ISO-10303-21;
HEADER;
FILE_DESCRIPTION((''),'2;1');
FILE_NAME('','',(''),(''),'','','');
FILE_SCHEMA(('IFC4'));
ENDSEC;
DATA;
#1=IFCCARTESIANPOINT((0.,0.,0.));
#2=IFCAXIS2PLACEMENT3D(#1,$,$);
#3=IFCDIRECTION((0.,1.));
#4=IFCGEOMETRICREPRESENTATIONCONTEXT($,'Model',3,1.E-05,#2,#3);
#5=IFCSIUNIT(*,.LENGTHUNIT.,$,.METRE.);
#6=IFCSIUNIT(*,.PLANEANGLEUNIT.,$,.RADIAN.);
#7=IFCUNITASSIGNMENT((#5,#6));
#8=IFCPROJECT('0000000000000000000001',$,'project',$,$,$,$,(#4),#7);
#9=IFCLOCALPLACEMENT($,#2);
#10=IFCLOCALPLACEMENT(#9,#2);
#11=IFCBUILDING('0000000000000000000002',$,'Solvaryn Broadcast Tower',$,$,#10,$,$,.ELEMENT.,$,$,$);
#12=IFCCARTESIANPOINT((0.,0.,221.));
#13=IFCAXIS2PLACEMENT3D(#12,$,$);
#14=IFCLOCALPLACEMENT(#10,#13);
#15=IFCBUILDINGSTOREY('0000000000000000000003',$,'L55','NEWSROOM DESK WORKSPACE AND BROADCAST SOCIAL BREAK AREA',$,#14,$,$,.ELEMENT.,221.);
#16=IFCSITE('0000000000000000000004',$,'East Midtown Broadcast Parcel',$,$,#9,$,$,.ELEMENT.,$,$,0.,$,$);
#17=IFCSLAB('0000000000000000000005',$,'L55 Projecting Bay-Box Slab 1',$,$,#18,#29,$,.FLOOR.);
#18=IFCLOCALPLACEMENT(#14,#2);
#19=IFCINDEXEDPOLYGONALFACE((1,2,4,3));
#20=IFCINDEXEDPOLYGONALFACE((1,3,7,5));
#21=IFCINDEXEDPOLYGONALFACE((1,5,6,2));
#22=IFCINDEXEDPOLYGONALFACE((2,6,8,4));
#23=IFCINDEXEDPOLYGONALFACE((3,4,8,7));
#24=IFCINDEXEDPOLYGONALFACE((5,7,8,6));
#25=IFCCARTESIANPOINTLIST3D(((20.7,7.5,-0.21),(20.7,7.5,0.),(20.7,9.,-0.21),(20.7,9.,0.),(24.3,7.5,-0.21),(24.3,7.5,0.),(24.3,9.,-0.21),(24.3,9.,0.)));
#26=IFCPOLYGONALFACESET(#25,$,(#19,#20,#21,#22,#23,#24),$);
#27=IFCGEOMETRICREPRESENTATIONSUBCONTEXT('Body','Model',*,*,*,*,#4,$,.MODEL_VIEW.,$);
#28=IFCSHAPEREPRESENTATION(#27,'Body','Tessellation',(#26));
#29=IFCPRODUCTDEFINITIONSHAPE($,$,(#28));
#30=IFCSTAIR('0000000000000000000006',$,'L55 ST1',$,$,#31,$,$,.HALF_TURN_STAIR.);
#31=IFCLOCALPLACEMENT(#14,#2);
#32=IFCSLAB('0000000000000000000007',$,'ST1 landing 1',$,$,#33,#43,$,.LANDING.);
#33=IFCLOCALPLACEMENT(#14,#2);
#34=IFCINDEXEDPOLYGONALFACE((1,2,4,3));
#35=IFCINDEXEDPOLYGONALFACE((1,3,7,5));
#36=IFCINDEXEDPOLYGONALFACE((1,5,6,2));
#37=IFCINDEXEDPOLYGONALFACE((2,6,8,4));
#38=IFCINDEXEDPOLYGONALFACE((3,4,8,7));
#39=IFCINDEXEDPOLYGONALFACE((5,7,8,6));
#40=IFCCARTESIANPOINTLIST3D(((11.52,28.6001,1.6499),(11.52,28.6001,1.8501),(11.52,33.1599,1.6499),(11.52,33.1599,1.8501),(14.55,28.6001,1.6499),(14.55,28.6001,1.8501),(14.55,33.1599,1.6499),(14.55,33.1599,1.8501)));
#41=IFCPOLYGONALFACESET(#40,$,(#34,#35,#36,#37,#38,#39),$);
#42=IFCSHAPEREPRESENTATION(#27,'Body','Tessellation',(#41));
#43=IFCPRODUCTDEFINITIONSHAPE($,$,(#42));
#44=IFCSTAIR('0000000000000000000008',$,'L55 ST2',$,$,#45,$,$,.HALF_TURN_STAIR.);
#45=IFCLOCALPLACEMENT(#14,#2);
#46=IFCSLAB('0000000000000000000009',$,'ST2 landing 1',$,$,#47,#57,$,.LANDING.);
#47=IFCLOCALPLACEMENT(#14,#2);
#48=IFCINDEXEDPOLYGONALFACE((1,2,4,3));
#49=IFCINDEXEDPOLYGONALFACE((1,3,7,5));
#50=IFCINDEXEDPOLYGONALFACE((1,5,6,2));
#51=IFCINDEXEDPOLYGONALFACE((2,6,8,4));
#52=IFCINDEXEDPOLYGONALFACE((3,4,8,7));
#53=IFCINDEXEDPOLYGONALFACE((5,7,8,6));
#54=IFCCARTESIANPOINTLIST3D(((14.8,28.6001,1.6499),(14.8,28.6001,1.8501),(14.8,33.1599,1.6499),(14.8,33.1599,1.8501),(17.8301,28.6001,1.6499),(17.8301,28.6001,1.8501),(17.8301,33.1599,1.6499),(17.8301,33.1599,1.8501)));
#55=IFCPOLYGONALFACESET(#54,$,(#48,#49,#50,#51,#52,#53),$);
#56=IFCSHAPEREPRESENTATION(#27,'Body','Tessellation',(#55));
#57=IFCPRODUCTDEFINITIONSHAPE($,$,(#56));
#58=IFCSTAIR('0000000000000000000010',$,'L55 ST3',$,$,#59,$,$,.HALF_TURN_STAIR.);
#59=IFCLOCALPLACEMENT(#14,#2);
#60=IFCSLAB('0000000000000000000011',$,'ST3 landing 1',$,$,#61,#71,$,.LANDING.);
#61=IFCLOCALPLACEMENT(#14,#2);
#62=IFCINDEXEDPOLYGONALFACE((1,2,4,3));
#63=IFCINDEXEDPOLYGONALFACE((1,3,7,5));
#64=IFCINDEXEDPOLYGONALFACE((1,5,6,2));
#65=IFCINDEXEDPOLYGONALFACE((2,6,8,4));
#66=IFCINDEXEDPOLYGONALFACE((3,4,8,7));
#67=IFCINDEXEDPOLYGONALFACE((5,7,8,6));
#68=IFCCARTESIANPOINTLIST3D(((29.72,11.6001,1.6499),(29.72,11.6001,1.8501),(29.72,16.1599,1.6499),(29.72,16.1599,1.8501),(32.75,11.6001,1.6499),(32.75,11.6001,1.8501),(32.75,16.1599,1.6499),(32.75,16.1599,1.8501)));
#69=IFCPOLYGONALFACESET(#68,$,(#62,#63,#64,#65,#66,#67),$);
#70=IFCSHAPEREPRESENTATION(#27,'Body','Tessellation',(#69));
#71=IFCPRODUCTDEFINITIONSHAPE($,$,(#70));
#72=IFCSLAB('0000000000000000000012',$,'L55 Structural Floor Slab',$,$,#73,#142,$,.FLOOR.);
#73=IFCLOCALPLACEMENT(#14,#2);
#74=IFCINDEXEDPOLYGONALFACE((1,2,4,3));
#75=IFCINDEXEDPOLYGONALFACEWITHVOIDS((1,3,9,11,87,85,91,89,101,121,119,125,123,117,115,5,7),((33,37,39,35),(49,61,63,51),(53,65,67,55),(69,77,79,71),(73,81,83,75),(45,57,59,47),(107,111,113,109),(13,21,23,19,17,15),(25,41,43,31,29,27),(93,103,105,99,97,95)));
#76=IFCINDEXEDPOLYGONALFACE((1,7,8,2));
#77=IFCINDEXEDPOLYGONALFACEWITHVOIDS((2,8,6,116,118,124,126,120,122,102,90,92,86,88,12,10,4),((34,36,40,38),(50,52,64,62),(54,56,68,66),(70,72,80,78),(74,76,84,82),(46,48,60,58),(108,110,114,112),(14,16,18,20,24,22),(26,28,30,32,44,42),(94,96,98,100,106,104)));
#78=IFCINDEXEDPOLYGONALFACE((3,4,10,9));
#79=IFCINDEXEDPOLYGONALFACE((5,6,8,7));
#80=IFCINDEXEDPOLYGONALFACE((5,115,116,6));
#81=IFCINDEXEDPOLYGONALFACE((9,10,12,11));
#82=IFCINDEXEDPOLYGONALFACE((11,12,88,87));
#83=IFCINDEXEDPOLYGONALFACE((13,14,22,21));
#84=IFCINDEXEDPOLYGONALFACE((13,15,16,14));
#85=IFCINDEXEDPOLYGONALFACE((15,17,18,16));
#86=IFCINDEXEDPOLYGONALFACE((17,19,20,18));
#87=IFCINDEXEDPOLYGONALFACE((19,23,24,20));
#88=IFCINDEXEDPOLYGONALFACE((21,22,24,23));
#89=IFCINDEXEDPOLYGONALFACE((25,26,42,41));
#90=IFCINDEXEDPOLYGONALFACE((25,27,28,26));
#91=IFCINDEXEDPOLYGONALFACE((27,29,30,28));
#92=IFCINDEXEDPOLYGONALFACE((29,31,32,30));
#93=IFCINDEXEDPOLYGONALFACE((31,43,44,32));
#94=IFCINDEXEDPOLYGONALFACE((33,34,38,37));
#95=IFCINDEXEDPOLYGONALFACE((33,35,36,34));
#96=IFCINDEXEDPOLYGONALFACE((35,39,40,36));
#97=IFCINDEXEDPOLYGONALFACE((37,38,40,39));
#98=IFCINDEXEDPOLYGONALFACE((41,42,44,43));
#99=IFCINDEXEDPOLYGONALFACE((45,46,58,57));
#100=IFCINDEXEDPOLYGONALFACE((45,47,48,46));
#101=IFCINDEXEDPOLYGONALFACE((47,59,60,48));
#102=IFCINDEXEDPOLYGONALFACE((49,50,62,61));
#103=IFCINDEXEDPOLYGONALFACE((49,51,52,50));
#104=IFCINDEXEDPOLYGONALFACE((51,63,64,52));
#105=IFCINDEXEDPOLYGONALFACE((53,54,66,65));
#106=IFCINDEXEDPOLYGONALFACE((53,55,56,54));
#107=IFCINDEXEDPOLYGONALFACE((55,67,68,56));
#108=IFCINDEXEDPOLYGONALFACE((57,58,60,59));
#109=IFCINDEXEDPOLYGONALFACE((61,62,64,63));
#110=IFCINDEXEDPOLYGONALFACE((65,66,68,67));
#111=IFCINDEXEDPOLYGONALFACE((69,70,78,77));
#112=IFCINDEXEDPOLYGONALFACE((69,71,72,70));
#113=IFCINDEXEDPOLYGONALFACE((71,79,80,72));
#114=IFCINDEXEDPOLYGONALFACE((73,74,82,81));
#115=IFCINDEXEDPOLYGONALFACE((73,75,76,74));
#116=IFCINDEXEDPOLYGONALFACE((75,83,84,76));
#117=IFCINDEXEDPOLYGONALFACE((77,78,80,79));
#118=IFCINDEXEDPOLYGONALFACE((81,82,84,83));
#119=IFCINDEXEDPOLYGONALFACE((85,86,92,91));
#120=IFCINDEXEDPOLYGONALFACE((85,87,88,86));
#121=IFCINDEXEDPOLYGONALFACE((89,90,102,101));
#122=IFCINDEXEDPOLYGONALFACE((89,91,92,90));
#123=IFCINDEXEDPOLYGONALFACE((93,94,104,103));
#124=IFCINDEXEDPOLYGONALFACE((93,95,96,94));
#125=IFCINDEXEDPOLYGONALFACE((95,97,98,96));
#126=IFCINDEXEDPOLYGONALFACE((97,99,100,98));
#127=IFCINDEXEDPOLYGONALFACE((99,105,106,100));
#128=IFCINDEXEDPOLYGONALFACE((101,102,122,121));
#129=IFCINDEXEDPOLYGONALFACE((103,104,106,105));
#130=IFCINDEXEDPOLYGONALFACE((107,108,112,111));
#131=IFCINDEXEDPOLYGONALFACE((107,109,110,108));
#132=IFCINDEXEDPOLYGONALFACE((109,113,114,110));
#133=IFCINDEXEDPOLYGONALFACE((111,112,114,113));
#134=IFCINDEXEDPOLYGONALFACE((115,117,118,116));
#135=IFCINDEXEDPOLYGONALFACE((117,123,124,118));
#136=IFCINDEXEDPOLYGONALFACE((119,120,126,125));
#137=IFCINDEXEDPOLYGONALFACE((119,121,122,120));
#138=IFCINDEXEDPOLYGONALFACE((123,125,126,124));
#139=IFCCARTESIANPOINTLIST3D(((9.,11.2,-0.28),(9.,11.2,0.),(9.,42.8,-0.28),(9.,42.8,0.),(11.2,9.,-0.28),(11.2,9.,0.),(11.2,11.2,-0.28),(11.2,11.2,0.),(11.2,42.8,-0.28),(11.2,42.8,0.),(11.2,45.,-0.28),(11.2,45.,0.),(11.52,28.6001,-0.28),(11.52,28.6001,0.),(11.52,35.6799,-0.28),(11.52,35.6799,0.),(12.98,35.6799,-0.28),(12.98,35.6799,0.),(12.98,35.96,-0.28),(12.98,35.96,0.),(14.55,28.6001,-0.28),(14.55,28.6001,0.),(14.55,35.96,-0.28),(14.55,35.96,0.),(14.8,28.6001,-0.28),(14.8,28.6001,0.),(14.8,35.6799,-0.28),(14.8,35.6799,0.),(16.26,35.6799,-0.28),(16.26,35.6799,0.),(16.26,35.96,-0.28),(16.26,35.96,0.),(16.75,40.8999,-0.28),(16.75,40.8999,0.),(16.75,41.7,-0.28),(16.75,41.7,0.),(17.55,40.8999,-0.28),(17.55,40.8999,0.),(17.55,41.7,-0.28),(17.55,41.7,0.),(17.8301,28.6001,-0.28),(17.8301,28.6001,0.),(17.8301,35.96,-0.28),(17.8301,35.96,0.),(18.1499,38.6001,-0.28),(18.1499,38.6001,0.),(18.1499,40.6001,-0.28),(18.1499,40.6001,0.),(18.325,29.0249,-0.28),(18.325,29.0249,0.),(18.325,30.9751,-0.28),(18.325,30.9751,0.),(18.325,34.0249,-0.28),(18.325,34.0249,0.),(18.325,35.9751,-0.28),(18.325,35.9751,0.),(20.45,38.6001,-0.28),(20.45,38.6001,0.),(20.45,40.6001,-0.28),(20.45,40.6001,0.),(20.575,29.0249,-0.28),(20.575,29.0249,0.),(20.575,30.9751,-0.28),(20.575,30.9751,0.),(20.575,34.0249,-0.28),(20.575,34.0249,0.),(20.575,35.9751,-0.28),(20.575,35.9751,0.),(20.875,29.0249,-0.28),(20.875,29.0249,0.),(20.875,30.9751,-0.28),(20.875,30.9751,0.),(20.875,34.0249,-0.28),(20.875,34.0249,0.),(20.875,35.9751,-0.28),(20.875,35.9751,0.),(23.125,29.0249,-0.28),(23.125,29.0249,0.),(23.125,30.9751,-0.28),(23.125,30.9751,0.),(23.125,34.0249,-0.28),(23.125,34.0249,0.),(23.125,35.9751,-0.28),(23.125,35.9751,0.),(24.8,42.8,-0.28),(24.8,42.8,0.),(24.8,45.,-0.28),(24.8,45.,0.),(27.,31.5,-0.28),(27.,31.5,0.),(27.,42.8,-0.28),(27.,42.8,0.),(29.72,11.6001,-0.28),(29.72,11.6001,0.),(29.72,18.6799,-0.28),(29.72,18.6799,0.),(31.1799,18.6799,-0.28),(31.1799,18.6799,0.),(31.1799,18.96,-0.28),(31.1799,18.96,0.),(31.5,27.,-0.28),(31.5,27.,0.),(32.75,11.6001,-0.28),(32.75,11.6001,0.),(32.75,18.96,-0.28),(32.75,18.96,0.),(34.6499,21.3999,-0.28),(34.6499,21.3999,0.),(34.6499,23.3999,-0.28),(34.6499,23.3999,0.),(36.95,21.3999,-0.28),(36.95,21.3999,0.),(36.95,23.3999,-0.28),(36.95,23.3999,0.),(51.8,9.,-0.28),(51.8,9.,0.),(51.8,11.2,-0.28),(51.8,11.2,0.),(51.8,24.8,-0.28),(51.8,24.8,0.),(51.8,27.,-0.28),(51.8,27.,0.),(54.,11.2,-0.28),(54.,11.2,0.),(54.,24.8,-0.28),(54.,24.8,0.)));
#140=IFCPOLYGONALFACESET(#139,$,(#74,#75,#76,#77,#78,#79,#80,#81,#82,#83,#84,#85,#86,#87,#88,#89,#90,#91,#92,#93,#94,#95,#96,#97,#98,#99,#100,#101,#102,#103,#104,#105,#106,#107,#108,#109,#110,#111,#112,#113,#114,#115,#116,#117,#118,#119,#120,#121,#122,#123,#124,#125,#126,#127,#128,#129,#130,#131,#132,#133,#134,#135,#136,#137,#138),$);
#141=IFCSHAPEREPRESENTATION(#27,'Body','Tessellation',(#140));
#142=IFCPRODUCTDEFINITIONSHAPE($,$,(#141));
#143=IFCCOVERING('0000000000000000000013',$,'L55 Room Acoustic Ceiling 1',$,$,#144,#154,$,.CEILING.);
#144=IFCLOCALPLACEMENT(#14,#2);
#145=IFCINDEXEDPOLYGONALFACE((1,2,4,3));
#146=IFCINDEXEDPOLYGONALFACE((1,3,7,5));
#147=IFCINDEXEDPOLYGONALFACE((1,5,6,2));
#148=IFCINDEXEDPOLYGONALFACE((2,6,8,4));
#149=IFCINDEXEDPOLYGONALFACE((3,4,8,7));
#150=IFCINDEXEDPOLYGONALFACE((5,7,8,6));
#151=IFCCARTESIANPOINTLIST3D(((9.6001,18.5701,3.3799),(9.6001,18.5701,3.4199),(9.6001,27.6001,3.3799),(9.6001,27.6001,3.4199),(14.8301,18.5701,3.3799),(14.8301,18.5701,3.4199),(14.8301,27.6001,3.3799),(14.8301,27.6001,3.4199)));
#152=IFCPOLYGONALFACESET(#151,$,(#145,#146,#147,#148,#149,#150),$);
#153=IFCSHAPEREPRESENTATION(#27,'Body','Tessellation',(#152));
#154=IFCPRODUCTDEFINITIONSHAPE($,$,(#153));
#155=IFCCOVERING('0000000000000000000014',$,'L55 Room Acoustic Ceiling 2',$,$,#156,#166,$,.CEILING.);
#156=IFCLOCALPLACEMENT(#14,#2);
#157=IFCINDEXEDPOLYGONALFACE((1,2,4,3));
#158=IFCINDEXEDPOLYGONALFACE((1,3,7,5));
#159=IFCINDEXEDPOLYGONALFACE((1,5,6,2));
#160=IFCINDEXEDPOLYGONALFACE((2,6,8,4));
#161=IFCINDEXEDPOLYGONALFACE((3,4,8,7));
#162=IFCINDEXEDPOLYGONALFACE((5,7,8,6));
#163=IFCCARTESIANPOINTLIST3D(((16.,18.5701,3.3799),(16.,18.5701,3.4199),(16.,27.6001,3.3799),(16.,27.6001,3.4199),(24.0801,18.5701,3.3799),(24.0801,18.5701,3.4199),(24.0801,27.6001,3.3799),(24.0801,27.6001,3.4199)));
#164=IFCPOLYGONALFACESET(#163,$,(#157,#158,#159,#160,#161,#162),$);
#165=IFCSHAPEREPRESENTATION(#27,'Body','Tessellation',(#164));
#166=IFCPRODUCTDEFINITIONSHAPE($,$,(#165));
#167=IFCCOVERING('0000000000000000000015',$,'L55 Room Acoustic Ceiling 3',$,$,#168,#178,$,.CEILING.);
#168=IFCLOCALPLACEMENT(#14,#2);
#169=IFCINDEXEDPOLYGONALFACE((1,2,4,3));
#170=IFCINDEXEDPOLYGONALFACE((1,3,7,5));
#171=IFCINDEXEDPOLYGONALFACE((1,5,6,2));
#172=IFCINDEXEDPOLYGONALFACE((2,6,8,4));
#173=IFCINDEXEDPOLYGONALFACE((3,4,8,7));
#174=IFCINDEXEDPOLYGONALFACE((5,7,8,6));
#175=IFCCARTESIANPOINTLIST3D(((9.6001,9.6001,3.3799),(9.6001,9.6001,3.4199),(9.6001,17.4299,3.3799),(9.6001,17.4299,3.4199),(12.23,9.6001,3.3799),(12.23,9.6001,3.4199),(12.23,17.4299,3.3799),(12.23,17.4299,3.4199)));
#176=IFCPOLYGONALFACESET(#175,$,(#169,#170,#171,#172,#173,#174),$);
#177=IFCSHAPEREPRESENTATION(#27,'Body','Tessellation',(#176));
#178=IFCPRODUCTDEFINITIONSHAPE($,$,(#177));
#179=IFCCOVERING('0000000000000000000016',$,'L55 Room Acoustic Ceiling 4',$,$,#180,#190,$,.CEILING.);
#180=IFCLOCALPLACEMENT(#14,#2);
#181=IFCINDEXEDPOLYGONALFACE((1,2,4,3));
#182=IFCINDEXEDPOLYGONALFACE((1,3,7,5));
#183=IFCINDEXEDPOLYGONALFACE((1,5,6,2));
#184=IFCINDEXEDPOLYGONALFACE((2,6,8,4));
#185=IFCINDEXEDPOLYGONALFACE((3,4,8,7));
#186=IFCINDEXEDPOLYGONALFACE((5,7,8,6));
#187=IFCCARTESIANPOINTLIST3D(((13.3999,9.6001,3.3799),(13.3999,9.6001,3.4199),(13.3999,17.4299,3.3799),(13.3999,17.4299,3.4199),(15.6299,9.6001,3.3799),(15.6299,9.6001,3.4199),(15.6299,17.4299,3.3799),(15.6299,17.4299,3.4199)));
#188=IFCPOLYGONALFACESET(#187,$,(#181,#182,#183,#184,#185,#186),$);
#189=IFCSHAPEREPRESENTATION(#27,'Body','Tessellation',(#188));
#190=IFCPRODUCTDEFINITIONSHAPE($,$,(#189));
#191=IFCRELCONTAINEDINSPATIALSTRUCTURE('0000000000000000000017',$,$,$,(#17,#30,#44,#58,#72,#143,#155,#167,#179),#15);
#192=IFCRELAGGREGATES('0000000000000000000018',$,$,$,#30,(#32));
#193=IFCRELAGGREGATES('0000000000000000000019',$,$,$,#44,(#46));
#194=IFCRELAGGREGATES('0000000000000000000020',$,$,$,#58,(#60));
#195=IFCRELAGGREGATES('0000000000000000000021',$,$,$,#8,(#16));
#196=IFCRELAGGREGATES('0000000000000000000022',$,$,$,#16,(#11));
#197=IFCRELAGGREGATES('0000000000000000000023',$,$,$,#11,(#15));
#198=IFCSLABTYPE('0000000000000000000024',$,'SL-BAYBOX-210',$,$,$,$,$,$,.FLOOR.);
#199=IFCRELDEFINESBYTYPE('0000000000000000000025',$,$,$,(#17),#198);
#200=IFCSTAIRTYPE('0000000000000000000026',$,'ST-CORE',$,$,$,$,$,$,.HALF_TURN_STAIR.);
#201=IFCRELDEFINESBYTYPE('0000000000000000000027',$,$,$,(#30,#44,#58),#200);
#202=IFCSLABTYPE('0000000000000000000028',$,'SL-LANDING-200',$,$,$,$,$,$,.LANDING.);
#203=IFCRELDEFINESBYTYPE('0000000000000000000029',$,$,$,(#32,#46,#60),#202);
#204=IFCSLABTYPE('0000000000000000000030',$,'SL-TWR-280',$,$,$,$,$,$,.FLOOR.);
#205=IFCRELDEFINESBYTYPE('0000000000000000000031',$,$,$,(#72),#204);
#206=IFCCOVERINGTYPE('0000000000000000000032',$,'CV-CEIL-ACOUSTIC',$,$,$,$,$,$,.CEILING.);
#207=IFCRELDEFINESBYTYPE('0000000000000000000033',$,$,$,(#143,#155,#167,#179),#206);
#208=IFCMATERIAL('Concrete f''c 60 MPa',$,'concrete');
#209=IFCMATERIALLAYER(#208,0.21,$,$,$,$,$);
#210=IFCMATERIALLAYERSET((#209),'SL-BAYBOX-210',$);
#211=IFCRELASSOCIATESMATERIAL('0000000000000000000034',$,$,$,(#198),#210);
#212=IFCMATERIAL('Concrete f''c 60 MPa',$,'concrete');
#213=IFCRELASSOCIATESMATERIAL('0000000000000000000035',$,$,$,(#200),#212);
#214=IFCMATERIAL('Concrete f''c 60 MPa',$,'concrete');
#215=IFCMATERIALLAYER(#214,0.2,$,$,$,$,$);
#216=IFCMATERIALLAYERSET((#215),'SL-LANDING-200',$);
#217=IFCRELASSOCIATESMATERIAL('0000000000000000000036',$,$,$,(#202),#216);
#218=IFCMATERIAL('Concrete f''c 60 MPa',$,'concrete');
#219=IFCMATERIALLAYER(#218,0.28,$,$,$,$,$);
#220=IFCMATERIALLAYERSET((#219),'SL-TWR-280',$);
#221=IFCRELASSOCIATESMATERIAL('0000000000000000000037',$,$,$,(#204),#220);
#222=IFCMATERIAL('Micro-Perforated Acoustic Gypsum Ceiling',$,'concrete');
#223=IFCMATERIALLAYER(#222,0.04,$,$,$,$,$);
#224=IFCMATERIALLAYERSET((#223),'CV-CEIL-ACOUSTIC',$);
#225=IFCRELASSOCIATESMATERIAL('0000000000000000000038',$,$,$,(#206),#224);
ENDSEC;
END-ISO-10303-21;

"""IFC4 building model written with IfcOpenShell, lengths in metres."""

from ifc_helpers import new_model, si_unit, direction, frame, origin, place, context, subcontext, project, spatial, polyline, outline, extrude, material, layer, layer_set, type_object, element, aggregate, save


model = new_model("IFC4")

# Units and contexts
model_context = context("Model", 3, precision=1e-05, world=origin(), true_north=direction((0.0, 1.0)))
body_context = subcontext(model_context, "Body", "Model", "MODEL_VIEW")
ifc_project = project(units=[si_unit("LENGTHUNIT", "METRE"), si_unit("PLANEANGLEUNIT", "RADIAN")], contexts=[model_context])

# Site, building, storey
site_placement = place(None, origin())
site = spatial("IfcSite", under=ifc_project, at=site_placement, Name="East Midtown Broadcast Parcel", CompositionType="ELEMENT", RefElevation=0.0)
building_placement = place(site_placement, origin())
building = spatial("IfcBuilding", under=site, at=building_placement, Name="Solvaryn Broadcast Tower", CompositionType="ELEMENT")
storey_placement = place(building_placement, frame((0.0, 0.0, 221.0)))
storey = spatial("IfcBuildingStorey", under=building, at=storey_placement, Name="L55", Description="NEWSROOM DESK WORKSPACE AND BROADCAST SOCIAL BREAK AREA", CompositionType="ELEMENT", Elevation=221.0)

# Slab
ifc_material_1 = material(Name="Concrete f'c 60 MPa", Category="concrete")
ifc_layer_1 = layer(ifc_material_1, 0.21)
ifc_layer_set_1 = layer_set([ifc_layer_1], Name="SL-BAYBOX-210")
slab_type_1 = type_object("IfcSlabType", Name="SL-BAYBOX-210", PredefinedType="FLOOR", material=ifc_layer_set_1)
slab_1_placement = place(storey_placement, frame((0.0, 0.0, -0.21)))
element("IfcSlab", 1, at=slab_1_placement, inside=storey, type_object=slab_type_1, Name="L55 Projecting Bay-Box Slab 1", PredefinedType="FLOOR", context=body_context, shape_type="SweptSolid", body=[
    extrude(outline(polyline([(20.7, 7.5), (24.3, 7.5), (24.3, 9.0), (20.7, 9.0), (20.7, 7.5)])), origin(), (0.0, 0.0, 1.0), 0.21),
])

# Stairs, slabs
ifc_material_2 = material(Name="Concrete f'c 60 MPa", Category="concrete")
stair_type = type_object("IfcStairType", Name="ST-CORE", PredefinedType="HALF_TURN_STAIR", material=ifc_material_2)
stair_1_placement = place(storey_placement, origin())
stair_1 = element("IfcStair", 2, at=stair_1_placement, inside=storey, type_object=stair_type, Name="L55 ST1", PredefinedType="HALF_TURN_STAIR")
ifc_material_3 = material(Name="Concrete f'c 60 MPa", Category="concrete")
ifc_layer_2 = layer(ifc_material_3, 0.2)
ifc_layer_set_2 = layer_set([ifc_layer_2], Name="SL-LANDING-200")
slab_type_2 = type_object("IfcSlabType", Name="SL-LANDING-200", PredefinedType="LANDING", material=ifc_layer_set_2)
slab_2_placement = place(storey_placement, frame((0.0, 0.0, 1.6499)))
slab_2 = element("IfcSlab", 3, at=slab_2_placement, type_object=slab_type_2, Name="ST1 landing 1", PredefinedType="LANDING", context=body_context, shape_type="SweptSolid", body=[
    extrude(outline(polyline([(11.52, 33.1599), (11.52, 28.6001), (14.55, 28.6001), (14.55, 33.1599), (11.52, 33.1599)])), origin(), (0.0, 0.0, 1.0), 0.2002),
])
aggregate(stair_1, [slab_2])
stair_2_placement = place(storey_placement, origin())
stair_2 = element("IfcStair", 4, at=stair_2_placement, inside=storey, type_object=stair_type, Name="L55 ST2", PredefinedType="HALF_TURN_STAIR")
slab_3_placement = place(storey_placement, frame((0.0, 0.0, 1.6499)))
slab_3 = element("IfcSlab", 5, at=slab_3_placement, type_object=slab_type_2, Name="ST2 landing 1", PredefinedType="LANDING", context=body_context, shape_type="SweptSolid", body=[
    extrude(outline(polyline([(14.8, 33.1599), (14.8, 28.6001), (17.8301, 28.6001), (17.8301, 33.1599), (14.8, 33.1599)])), origin(), (0.0, 0.0, 1.0), 0.2002),
])
aggregate(stair_2, [slab_3])
stair_3_placement = place(storey_placement, origin())
stair_3 = element("IfcStair", 6, at=stair_3_placement, inside=storey, type_object=stair_type, Name="L55 ST3", PredefinedType="HALF_TURN_STAIR")
slab_4_placement = place(storey_placement, frame((0.0, 0.0, 1.6499)))
slab_4 = element("IfcSlab", 7, at=slab_4_placement, type_object=slab_type_2, Name="ST3 landing 1", PredefinedType="LANDING", context=body_context, shape_type="SweptSolid", body=[
    extrude(outline(polyline([(29.72, 16.1599), (29.72, 11.6001), (32.75, 11.6001), (32.75, 16.1599), (29.72, 16.1599)])), origin(), (0.0, 0.0, 1.0), 0.2002),
])
aggregate(stair_3, [slab_4])

# Slab
ifc_material_4 = material(Name="Concrete f'c 60 MPa", Category="concrete")
ifc_layer_3 = layer(ifc_material_4, 0.28)
ifc_layer_set_3 = layer_set([ifc_layer_3], Name="SL-TWR-280")
slab_type_3 = type_object("IfcSlabType", Name="SL-TWR-280", PredefinedType="FLOOR", material=ifc_layer_set_3)
slab_5_placement = place(storey_placement, frame((0.0, 0.0, -0.28)))
element("IfcSlab", 8, at=slab_5_placement, inside=storey, type_object=slab_type_3, Name="L55 Structural Floor Slab", PredefinedType="FLOOR", context=body_context, shape_type="SweptSolid", body=[
    extrude(outline(polyline([(11.2, 9.0), (51.8, 9.0), (51.8, 11.2), (54.0, 11.2), (54.0, 24.8), (51.8, 24.8), (51.8, 27.0), (31.5, 27.0), (27.0, 31.5), (27.0, 42.8), (24.8, 42.8), (24.8, 45.0), (11.2, 45.0), (11.2, 42.8), (9.0, 42.8), (9.0, 11.2), (11.2, 11.2), (11.2, 9.0)]), holes=[polyline([(11.52, 28.6001), (14.55, 28.6001), (14.55, 35.96), (12.98, 35.96), (12.98, 35.6799), (11.52, 35.6799), (11.52, 28.6001)]), polyline([(14.8, 28.6001), (17.8301, 28.6001), (17.8301, 35.96), (16.26, 35.96), (16.26, 35.6799), (14.8, 35.6799), (14.8, 28.6001)]), polyline([(29.72, 11.6001), (32.75, 11.6001), (32.75, 18.96), (31.1799, 18.96), (31.1799, 18.6799), (29.72, 18.6799), (29.72, 11.6001)]), polyline([(18.1499, 38.6001), (20.45, 38.6001), (20.45, 40.6001), (18.1499, 40.6001), (18.1499, 38.6001)]), polyline([(18.325, 29.0249), (20.575, 29.0249), (20.575, 30.9751), (18.325, 30.9751), (18.325, 29.0249)]), polyline([(20.875, 29.0249), (23.125, 29.0249), (23.125, 30.9751), (20.875, 30.9751), (20.875, 29.0249)]), polyline([(18.325, 34.0249), (20.575, 34.0249), (20.575, 35.9751), (18.325, 35.9751), (18.325, 34.0249)]), polyline([(20.875, 34.0249), (23.125, 34.0249), (23.125, 35.9751), (20.875, 35.9751), (20.875, 34.0249)]), polyline([(34.6499, 21.3999), (36.95, 21.3999), (36.95, 23.3999), (34.6499, 23.3999), (34.6499, 21.3999)]), polyline([(16.75, 40.8999), (17.55, 40.8999), (17.55, 41.7), (16.75, 41.7), (16.75, 40.8999)])]), origin(), (0.0, 0.0, 1.0), 0.28),
])

# Coverings
ifc_material_5 = material(Name="Micro-Perforated Acoustic Gypsum Ceiling", Category="concrete")
ifc_layer_4 = layer(ifc_material_5, 0.04)
ifc_layer_set_4 = layer_set([ifc_layer_4], Name="CV-CEIL-ACOUSTIC")
covering_type_1 = type_object("IfcCoveringType", Name="CV-CEIL-ACOUSTIC", PredefinedType="CEILING", material=ifc_layer_set_4)
covering_1_placement = place(storey_placement, frame((0.0, 0.0, 3.3799)))
element("IfcCovering", 9, at=covering_1_placement, inside=storey, type_object=covering_type_1, Name="L55 Room Acoustic Ceiling 1", PredefinedType="CEILING", context=body_context, shape_type="SweptSolid", body=[
    extrude(outline(polyline([(9.6001, 18.5701), (14.8301, 18.5701), (14.8301, 27.6001), (9.6001, 27.6001), (9.6001, 18.5701)])), origin(), (0.0, 0.0, 1.0), 0.04),
])
covering_2_placement = place(storey_placement, frame((0.0, 0.0, 3.3799)))
element("IfcCovering", 10, at=covering_2_placement, inside=storey, type_object=covering_type_1, Name="L55 Room Acoustic Ceiling 2", PredefinedType="CEILING", context=body_context, shape_type="SweptSolid", body=[
    extrude(outline(polyline([(16.0, 18.5701), (24.0801, 18.5701), (24.0801, 27.6001), (16.0, 27.6001), (16.0, 18.5701)])), origin(), (0.0, 0.0, 1.0), 0.04),
])
covering_3_placement = place(storey_placement, frame((0.0, 0.0, 3.3799)))
element("IfcCovering", 11, at=covering_3_placement, inside=storey, type_object=covering_type_1, Name="L55 Room Acoustic Ceiling 3", PredefinedType="CEILING", context=body_context, shape_type="SweptSolid", body=[
    extrude(outline(polyline([(9.6001, 9.6001), (12.23, 9.6001), (12.23, 17.4299), (9.6001, 17.4299), (9.6001, 9.6001)])), origin(), (0.0, 0.0, 1.0), 0.04),
])
covering_4_placement = place(storey_placement, frame((0.0, 0.0, 3.3799)))
element("IfcCovering", 12, at=covering_4_placement, inside=storey, type_object=covering_type_1, Name="L55 Room Acoustic Ceiling 4", PredefinedType="CEILING", context=body_context, shape_type="SweptSolid", body=[
    extrude(outline(polyline([(13.3999, 9.6001), (15.6299, 9.6001), (15.6299, 17.4299), (13.3999, 17.4299), (13.3999, 9.6001)])), origin(), (0.0, 0.0, 1.0), 0.04),
])

save(model, "model.ifc")
